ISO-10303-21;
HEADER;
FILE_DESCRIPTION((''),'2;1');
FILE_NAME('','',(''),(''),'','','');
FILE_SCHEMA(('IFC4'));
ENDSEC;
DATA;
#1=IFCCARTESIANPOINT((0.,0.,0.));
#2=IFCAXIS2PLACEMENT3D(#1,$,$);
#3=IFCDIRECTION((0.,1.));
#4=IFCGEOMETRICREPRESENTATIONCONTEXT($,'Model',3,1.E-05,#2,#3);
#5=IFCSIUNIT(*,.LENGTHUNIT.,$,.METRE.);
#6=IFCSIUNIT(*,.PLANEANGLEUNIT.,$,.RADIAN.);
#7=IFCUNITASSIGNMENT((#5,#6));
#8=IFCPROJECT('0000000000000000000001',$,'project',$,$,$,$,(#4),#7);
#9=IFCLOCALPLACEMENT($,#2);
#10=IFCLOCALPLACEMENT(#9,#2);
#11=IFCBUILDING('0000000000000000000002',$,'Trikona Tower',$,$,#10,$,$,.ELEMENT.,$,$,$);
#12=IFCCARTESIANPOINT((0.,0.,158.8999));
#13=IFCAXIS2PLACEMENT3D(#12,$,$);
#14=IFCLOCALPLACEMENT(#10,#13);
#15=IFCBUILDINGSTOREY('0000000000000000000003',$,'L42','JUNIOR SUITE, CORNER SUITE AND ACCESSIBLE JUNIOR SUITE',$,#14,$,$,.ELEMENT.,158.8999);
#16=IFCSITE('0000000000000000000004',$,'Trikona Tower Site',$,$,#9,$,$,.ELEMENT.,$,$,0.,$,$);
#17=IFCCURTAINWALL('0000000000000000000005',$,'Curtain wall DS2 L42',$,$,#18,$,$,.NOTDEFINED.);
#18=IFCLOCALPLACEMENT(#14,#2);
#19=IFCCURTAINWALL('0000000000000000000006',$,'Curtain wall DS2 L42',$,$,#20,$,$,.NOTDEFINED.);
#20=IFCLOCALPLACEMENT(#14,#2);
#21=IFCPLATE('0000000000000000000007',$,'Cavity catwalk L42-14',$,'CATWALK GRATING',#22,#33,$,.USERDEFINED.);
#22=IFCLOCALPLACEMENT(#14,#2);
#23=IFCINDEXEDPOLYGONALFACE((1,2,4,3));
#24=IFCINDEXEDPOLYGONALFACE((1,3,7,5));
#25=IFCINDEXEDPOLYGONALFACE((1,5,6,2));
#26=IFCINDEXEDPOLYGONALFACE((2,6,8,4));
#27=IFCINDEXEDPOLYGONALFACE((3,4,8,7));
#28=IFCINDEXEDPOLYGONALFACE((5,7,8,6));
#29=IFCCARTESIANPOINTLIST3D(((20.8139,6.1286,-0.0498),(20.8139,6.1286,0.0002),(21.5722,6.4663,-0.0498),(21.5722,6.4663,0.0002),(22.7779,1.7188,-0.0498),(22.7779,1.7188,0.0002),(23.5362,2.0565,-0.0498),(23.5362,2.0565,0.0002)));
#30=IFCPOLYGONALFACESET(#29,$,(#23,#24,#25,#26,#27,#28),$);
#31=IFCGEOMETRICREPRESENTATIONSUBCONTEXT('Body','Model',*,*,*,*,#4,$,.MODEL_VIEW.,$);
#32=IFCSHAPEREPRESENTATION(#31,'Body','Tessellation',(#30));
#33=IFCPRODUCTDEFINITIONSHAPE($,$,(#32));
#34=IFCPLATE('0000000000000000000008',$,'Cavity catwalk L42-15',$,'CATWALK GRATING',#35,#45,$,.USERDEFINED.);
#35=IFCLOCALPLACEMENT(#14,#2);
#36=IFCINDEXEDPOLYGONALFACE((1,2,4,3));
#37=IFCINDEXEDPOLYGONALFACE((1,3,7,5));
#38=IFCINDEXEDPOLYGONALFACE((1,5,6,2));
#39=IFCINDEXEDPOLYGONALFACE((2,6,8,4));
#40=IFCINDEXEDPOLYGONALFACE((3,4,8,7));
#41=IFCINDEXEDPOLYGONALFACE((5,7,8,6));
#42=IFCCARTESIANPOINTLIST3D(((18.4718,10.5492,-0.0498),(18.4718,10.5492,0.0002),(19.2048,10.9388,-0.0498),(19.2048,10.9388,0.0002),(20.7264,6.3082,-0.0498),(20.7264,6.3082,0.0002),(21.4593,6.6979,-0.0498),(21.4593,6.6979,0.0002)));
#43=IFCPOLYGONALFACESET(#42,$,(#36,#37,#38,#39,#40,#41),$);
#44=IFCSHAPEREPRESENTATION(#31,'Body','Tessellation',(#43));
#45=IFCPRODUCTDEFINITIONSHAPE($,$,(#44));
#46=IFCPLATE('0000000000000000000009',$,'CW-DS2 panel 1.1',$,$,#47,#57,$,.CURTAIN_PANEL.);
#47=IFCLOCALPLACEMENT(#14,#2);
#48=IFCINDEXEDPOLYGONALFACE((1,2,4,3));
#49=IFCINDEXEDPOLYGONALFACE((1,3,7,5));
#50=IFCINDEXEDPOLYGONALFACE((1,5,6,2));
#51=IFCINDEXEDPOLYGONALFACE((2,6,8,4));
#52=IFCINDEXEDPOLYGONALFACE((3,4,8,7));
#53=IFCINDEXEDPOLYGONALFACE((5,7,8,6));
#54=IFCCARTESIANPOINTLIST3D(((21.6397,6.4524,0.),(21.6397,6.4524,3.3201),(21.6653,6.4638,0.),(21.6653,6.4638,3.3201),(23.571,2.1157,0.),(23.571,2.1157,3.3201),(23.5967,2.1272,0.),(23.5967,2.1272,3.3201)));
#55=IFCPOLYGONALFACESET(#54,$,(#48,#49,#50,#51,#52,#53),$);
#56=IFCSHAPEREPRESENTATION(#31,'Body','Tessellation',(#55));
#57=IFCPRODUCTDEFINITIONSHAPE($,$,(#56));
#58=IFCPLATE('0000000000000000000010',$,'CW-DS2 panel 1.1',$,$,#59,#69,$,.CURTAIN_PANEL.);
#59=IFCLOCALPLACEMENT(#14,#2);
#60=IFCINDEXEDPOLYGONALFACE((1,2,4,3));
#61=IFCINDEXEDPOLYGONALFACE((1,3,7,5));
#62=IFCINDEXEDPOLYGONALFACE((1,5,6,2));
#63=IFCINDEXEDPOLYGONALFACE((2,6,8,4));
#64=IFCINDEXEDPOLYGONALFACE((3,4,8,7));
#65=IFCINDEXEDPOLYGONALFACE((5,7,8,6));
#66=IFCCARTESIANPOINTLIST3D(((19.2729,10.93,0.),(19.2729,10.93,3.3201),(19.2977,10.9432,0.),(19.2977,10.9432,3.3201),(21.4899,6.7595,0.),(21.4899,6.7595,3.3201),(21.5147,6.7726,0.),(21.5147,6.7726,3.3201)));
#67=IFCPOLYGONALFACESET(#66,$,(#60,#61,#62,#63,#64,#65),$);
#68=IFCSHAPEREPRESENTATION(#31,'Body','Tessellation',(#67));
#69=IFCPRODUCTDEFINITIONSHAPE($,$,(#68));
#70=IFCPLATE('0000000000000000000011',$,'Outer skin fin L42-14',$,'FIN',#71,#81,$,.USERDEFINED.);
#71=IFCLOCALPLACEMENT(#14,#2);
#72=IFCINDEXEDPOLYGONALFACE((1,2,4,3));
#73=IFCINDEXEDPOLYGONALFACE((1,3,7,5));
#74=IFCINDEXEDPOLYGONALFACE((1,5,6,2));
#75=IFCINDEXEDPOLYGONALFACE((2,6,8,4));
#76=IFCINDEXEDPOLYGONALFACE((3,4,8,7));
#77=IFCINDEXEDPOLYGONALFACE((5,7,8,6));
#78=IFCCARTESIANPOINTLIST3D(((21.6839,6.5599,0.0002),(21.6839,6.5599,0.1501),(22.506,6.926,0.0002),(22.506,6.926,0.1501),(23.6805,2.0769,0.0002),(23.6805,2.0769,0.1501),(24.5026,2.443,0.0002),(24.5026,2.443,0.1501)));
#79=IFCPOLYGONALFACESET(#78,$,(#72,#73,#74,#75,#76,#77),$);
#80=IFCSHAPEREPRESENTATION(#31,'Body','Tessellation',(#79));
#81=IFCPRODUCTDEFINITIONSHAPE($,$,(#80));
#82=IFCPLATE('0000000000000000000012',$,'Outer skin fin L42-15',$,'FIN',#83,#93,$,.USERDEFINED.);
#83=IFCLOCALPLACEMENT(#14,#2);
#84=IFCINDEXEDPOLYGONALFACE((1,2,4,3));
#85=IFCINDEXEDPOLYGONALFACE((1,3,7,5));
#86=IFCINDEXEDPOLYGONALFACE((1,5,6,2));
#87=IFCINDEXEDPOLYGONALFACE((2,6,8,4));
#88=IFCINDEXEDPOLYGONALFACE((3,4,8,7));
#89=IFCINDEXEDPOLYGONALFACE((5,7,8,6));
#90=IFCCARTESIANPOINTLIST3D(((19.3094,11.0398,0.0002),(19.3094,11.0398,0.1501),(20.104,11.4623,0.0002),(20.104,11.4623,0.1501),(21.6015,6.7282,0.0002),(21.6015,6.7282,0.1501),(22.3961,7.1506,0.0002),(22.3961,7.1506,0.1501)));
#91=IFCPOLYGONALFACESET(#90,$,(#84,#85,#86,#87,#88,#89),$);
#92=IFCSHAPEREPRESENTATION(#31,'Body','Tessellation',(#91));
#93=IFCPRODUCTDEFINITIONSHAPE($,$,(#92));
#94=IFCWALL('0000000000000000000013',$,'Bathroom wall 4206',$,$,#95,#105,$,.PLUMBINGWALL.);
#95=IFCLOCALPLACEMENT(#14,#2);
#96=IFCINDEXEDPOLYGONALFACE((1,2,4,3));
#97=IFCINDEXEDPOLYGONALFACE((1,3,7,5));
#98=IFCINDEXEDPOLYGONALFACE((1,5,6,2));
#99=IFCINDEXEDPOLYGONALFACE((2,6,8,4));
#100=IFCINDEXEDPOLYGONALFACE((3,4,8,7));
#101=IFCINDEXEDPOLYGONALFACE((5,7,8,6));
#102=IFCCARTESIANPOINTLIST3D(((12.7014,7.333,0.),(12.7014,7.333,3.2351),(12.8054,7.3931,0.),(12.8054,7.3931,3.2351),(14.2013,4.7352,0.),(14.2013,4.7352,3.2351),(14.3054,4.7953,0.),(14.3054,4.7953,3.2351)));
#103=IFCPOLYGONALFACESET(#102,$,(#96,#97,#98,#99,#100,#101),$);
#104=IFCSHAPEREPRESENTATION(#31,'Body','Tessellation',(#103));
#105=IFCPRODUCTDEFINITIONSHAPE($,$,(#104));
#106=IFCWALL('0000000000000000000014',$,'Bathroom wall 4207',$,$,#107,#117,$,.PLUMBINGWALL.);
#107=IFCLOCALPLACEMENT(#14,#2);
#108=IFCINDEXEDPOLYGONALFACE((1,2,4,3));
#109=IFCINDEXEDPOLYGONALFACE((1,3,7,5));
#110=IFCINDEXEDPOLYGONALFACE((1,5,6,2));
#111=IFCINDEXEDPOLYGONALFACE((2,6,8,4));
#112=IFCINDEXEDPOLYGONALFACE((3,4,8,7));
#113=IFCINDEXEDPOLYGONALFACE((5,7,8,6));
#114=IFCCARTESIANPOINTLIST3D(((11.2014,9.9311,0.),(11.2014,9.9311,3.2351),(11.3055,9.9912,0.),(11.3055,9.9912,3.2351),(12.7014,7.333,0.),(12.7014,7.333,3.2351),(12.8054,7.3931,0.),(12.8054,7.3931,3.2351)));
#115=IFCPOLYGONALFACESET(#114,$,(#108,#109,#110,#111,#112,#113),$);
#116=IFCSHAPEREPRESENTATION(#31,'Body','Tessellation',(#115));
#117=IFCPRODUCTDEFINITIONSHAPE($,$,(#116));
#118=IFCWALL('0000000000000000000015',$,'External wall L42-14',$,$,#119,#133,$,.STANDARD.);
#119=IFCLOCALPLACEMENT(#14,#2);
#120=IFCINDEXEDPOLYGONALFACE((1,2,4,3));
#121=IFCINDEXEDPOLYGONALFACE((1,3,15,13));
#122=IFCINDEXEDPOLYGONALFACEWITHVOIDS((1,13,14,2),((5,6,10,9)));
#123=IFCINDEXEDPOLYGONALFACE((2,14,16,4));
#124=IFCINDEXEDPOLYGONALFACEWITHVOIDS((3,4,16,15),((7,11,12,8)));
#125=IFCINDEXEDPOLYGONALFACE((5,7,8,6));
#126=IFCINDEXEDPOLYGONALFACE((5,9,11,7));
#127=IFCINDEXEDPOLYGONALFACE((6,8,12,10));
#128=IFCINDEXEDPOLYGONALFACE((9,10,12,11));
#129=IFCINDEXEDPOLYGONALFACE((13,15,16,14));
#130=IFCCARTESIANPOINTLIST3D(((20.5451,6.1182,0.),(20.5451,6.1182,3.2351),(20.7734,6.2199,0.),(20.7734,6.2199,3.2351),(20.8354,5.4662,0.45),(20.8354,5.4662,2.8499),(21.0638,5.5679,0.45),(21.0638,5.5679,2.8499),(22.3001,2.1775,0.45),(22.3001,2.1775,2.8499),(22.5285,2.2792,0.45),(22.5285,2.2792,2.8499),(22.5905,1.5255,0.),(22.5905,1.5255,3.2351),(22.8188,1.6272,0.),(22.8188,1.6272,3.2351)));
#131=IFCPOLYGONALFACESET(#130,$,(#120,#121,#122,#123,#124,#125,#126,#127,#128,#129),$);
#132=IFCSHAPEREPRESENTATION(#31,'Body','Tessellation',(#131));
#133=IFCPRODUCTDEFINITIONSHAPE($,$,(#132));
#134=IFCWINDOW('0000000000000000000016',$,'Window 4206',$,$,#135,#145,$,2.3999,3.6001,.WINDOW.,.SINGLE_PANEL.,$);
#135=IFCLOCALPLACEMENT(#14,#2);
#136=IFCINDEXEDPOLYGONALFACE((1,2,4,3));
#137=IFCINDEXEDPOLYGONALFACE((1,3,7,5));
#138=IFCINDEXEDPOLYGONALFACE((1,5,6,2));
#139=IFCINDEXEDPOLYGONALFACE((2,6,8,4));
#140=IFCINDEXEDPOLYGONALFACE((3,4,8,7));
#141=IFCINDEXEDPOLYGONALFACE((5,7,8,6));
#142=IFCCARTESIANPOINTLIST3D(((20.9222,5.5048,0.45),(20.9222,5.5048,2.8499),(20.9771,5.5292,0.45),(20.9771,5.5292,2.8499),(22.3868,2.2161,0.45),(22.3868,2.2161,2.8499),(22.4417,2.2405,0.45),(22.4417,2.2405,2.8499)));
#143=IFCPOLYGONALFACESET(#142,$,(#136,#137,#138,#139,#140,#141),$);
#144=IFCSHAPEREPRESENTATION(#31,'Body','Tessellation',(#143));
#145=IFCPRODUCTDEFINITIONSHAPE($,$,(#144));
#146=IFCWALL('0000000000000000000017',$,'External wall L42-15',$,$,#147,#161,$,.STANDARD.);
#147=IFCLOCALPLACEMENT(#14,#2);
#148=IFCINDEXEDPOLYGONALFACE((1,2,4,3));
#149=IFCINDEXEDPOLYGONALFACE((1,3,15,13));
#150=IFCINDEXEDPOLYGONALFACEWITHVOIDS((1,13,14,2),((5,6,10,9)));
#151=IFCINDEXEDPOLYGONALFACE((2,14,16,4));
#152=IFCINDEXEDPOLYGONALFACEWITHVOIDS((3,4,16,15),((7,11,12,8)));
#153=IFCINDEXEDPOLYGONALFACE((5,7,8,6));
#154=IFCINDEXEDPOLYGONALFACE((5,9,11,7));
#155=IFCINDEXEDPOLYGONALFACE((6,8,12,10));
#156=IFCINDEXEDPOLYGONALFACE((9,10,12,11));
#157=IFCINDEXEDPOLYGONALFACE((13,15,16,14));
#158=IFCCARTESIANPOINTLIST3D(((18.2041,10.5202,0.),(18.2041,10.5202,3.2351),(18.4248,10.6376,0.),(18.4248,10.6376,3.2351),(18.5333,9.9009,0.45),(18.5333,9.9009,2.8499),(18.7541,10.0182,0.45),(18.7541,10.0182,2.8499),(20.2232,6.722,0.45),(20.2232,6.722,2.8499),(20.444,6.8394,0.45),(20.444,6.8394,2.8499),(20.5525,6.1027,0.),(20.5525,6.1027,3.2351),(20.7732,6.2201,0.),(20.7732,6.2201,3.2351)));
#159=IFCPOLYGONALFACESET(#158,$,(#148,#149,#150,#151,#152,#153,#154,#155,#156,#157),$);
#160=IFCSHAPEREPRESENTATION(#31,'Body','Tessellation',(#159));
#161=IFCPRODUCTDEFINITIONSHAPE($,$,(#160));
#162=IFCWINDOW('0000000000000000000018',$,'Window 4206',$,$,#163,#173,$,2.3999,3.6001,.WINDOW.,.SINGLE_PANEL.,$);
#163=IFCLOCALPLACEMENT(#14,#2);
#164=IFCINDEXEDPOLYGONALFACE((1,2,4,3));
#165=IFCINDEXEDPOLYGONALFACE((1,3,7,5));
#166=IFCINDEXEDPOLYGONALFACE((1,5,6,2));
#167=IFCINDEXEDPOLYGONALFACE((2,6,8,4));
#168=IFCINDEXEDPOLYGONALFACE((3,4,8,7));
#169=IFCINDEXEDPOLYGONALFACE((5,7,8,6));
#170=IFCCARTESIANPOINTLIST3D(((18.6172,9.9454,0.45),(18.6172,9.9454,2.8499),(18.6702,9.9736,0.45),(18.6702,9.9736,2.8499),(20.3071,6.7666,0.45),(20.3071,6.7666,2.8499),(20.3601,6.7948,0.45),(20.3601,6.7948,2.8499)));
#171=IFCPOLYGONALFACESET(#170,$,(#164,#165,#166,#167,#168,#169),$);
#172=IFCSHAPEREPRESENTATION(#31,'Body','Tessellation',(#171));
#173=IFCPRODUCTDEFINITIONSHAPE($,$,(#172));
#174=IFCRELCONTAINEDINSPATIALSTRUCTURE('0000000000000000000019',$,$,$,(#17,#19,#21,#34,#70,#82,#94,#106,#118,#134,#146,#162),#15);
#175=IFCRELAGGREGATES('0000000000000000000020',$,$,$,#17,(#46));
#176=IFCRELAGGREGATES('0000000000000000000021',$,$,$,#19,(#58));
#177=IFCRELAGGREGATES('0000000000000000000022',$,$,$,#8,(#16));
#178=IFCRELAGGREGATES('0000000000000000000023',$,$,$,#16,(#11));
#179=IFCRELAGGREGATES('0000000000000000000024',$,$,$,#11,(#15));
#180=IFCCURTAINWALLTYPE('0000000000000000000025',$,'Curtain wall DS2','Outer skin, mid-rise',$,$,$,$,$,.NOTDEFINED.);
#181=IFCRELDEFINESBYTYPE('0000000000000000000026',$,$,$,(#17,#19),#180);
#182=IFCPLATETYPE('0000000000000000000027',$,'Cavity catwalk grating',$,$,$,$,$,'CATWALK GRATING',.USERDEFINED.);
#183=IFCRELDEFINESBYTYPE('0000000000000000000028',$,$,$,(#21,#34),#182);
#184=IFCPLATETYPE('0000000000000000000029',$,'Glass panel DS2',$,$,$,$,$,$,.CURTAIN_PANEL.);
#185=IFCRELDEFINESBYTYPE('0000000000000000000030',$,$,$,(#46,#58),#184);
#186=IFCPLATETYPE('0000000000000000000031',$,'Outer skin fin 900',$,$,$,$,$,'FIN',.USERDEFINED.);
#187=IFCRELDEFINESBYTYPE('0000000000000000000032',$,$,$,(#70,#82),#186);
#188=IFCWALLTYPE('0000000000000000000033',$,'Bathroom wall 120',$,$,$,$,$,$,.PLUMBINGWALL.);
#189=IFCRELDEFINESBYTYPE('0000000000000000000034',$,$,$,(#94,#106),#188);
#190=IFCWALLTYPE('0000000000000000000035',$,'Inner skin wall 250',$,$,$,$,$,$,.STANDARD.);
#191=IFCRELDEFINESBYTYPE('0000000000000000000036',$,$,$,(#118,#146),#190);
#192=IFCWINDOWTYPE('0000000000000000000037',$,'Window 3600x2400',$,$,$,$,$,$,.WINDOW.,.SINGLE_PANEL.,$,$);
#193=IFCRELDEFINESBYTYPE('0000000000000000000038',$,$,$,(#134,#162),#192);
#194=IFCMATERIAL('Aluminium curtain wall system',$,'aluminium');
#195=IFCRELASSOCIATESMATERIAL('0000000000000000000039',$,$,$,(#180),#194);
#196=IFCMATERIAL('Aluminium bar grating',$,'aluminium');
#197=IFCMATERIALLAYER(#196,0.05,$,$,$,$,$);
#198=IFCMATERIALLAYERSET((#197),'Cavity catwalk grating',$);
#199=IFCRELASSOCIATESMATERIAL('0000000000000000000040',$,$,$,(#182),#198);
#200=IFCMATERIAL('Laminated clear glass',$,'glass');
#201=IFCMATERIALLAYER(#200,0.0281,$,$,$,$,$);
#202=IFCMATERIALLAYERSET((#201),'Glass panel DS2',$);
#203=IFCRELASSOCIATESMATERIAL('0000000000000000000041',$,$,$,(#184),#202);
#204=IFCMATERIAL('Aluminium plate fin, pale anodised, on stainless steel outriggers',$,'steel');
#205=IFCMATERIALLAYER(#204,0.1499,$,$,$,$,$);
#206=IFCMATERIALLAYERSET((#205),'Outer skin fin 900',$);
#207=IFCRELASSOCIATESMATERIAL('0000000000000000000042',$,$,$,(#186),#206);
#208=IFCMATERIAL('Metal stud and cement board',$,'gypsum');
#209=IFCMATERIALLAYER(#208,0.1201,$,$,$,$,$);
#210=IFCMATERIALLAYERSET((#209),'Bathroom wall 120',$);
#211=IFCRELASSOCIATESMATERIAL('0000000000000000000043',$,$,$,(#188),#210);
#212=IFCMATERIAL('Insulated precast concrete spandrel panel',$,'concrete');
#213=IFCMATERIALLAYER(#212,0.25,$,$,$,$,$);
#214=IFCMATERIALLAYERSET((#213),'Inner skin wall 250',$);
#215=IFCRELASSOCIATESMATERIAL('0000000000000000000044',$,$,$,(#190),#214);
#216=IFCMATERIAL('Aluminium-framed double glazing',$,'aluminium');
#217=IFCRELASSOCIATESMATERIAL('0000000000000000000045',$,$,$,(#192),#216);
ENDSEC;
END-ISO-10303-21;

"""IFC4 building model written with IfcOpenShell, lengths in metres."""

from ifc_helpers import new_model, si_unit, direction, frame, frame_2d, origin, origin_2d, place, context, subcontext, project, spatial, rectangle, extrude, material, layer, layer_set, type_object, element, fill, aggregate, save


model = new_model("IFC4")

# Units and contexts
model_context = context("Model", 3, precision=1e-05, world=origin(), true_north=direction((0.0, 1.0)))
body_context = subcontext(model_context, "Body", "Model", "MODEL_VIEW")
ifc_project = project(units=[si_unit("LENGTHUNIT", "METRE"), si_unit("PLANEANGLEUNIT", "RADIAN")], contexts=[model_context])

# Site, building, storey
site_placement = place(None, origin())
site = spatial("IfcSite", under=ifc_project, at=site_placement, Name="Trikona Tower Site", CompositionType="ELEMENT", RefElevation=0.0)
building_placement = place(site_placement, origin())
building = spatial("IfcBuilding", under=site, at=building_placement, Name="Trikona Tower", CompositionType="ELEMENT")
storey_placement = place(building_placement, frame((0.0, 0.0, 158.8999)))
storey = spatial("IfcBuildingStorey", under=building, at=storey_placement, Name="L42", Description="JUNIOR SUITE, CORNER SUITE AND ACCESSIBLE JUNIOR SUITE", CompositionType="ELEMENT", Elevation=158.8999)

# Shared definitions
ifc_material_1 = material(Name="Aluminium curtain wall system", Category="aluminium")
curtain_wall_type = type_object("IfcCurtainWallType", Name="Curtain wall DS2", Description="Outer skin, mid-rise", PredefinedType="NOTDEFINED", material=ifc_material_1)

# Curtain walls
curtain_wall_1_placement = place(storey_placement, origin())
curtain_wall_1 = element("IfcCurtainWall", 1, at=curtain_wall_1_placement, inside=storey, type_object=curtain_wall_type, Name="Curtain wall DS2 L42", PredefinedType="NOTDEFINED")
curtain_wall_2_placement = place(storey_placement, origin())
curtain_wall_2 = element("IfcCurtainWall", 2, at=curtain_wall_2_placement, inside=storey, type_object=curtain_wall_type, Name="Curtain wall DS2 L42", PredefinedType="NOTDEFINED")

# Plates
ifc_material_2 = material(Name="Aluminium bar grating", Category="aluminium")
ifc_layer_1 = layer(ifc_material_2, 0.05)
ifc_layer_set_1 = layer_set([ifc_layer_1], Name="Cavity catwalk grating")
plate_type_1 = type_object("IfcPlateType", Name="Cavity catwalk grating", ElementType="CATWALK GRATING", PredefinedType="USERDEFINED", material=ifc_layer_set_1)
plate_1_placement = place(storey_placement, frame((22.175, 4.0925, -0.0498), z_axis=(0.0, 0.0, 1.0), x_axis=(-0.406843, 0.913498, 0.0)))
element("IfcPlate", 3, at=plate_1_placement, inside=storey, type_object=plate_type_1, Name="Cavity catwalk L42-14", ObjectType="CATWALK GRATING", PredefinedType="USERDEFINED", context=body_context, shape_type="SweptSolid", body=[
    extrude(rectangle(XDim=4.8274, YDim=0.8301, at=origin_2d()), origin(), (0.0, 0.0, 1.0), 0.05),
])
plate_2_placement = place(storey_placement, frame((19.9656, 8.6235, -0.0498), z_axis=(0.0, 0.0, 1.0), x_axis=(-0.469398, 0.882987, 0.0)))
element("IfcPlate", 4, at=plate_2_placement, inside=storey, type_object=plate_type_1, Name="Cavity catwalk L42-15", ObjectType="CATWALK GRATING", PredefinedType="USERDEFINED", context=body_context, shape_type="SweptSolid", body=[
    extrude(rectangle(XDim=4.803, YDim=0.8301, at=origin_2d()), origin(), (0.0, 0.0, 1.0), 0.05),
])

# Plates
ifc_material_3 = material(Name="Laminated clear glass", Category="glass")
ifc_layer_2 = layer(ifc_material_3, 0.0281)
ifc_layer_set_2 = layer_set([ifc_layer_2], Name="Glass panel DS2")
plate_type_2 = type_object("IfcPlateType", Name="Glass panel DS2", PredefinedType="CURTAIN_PANEL", material=ifc_layer_set_2)
plate_3_placement = place(storey_placement, frame((22.6182, 4.2898, 0.0), z_axis=(0.0, 0.0, 1.0), x_axis=(-0.406836, 0.913501, 0.0)))
plate_3 = element("IfcPlate", 5, at=plate_3_placement, type_object=plate_type_2, Name="CW-DS2 panel 1.1", PredefinedType="CURTAIN_PANEL", context=body_context, shape_type="SweptSolid", body=[
    extrude(rectangle(XDim=4.7473, YDim=0.0281, at=origin_2d()), origin(), (0.0, 0.0, 1.0), 3.3201),
])
aggregate(curtain_wall_1, [plate_3])
plate_4_placement = place(storey_placement, frame((20.3938, 8.8513, 0.0), z_axis=(0.0, 0.0, 1.0), x_axis=(-0.46938, 0.882996, 0.0)))
plate_4 = element("IfcPlate", 6, at=plate_4_placement, type_object=plate_type_2, Name="CW-DS2 panel 1.1", PredefinedType="CURTAIN_PANEL", context=body_context, shape_type="SweptSolid", body=[
    extrude(rectangle(XDim=4.7231, YDim=0.0281, at=origin_2d()), origin(), (0.0, 0.0, 1.0), 3.3201),
])
aggregate(curtain_wall_2, [plate_4])

# Plates
ifc_material_4 = material(Name="Aluminium plate fin, pale anodised, on stainless steel outriggers", Category="steel")
ifc_layer_3 = layer(ifc_material_4, 0.1499)
ifc_layer_set_3 = layer_set([ifc_layer_3], Name="Outer skin fin 900")
plate_type_3 = type_object("IfcPlateType", Name="Outer skin fin 900", ElementType="FIN", PredefinedType="USERDEFINED", material=ifc_layer_set_3)
plate_5_placement = place(storey_placement, frame((23.0933, 4.5015, 0.0002), z_axis=(0.0, 0.0, 1.0), x_axis=(-0.406843, 0.913498, 0.0)))
element("IfcPlate", 7, at=plate_5_placement, inside=storey, type_object=plate_type_3, Name="Outer skin fin L42-14", ObjectType="FIN", PredefinedType="USERDEFINED", context=body_context, shape_type="SweptSolid", body=[
    extrude(rectangle(XDim=4.9075, YDim=0.8999, at=origin_2d()), origin(), (0.0, 0.0, 1.0), 0.1499),
])
plate_6_placement = place(storey_placement, frame((20.8528, 9.0952, 0.0002), z_axis=(0.0, 0.0, 1.0), x_axis=(-0.469398, 0.882987, 0.0)))
element("IfcPlate", 8, at=plate_6_placement, inside=storey, type_object=plate_type_3, Name="Outer skin fin L42-15", ObjectType="FIN", PredefinedType="USERDEFINED", context=body_context, shape_type="SweptSolid", body=[
    extrude(rectangle(XDim=4.8831, YDim=0.8999, at=origin_2d()), origin(), (0.0, 0.0, 1.0), 0.1499),
])

# Walls
ifc_material_5 = material(Name="Metal stud and cement board", Category="gypsum")
ifc_layer_4 = layer(ifc_material_5, 0.1201)
ifc_layer_set_4 = layer_set([ifc_layer_4], Name="Bathroom wall 120")
wall_type_1 = type_object("IfcWallType", Name="Bathroom wall 120", PredefinedType="PLUMBINGWALL", material=ifc_layer_set_4)
wall_1_placement = place(storey_placement, frame((14.2534, 4.7651, 0.0), z_axis=(0.0, 0.0, 1.0), x_axis=(-0.500025, 0.866011, 0.0)))
element("IfcWall", 9, at=wall_1_placement, inside=storey, type_object=wall_type_1, Name="Bathroom wall 4206", PredefinedType="PLUMBINGWALL", context=body_context, shape_type="SweptSolid", body=[
    extrude(rectangle(XDim=2.9998, YDim=0.1201, at=frame_2d((1.5, 0.0))), origin(), (0.0, 0.0, 1.0), 3.2351),
])
wall_2_placement = place(storey_placement, frame((12.7534, 7.363, 0.0), z_axis=(0.0, 0.0, 1.0), x_axis=(-0.49999, 0.866031, 0.0)))
element("IfcWall", 10, at=wall_2_placement, inside=storey, type_object=wall_type_1, Name="Bathroom wall 4207", PredefinedType="PLUMBINGWALL", context=body_context, shape_type="SweptSolid", body=[
    extrude(rectangle(XDim=3.0, YDim=0.1201, at=frame_2d((1.5, 0.0))), origin(), (0.0, 0.0, 1.0), 3.2351),
])

# Walls, openings, windows
ifc_material_6 = material(Name="Insulated precast concrete spandrel panel", Category="concrete")
ifc_layer_5 = layer(ifc_material_6, 0.25)
ifc_layer_set_5 = layer_set([ifc_layer_5], Name="Inner skin wall 250")
wall_type_2 = type_object("IfcWallType", Name="Inner skin wall 250", PredefinedType="STANDARD", material=ifc_layer_set_5)
wall_3_placement = place(storey_placement, frame((22.7046, 1.5764, 0.0), z_axis=(0.0, 0.0, 1.0), x_axis=(-0.406832, 0.913503, 0.0)))
wall_3 = element("IfcWall", 11, at=wall_3_placement, inside=storey, type_object=wall_type_2, Name="External wall L42-14", PredefinedType="STANDARD", context=body_context, shape_type="SweptSolid", body=[
    extrude(rectangle(XDim=5.0276, YDim=0.25, at=frame_2d((2.5137, 0.0))), origin(), (0.0, 0.0, 1.0), 3.2351),
])
opening_1_placement = place(wall_3_placement, frame((0.7136, 0.0, 0.45)))
opening_1 = element("IfcOpeningElement", 12, at=opening_1_placement, cuts=wall_3, PredefinedType="OPENING", context=body_context, shape_type="SweptSolid", body=[
    extrude(rectangle(XDim=3.6001, YDim=2.3999, at=frame_2d((1.8, 1.2))), frame((0.0, 0.135, 0.0), z_axis=(0.0, -1.0, 0.0), x_axis=(1.0, 0.0, 0.0)), (0.0, 0.0, 1.0), 0.27),
])
ifc_material_7 = material(Name="Aluminium-framed double glazing", Category="aluminium")
window_type = type_object("IfcWindowType", Name="Window 3600x2400", PartitioningType="SINGLE_PANEL", PredefinedType="WINDOW", material=ifc_material_7)
window_1_placement = place(opening_1_placement, origin())
window_1 = element("IfcWindow", 13, at=window_1_placement, inside=storey, type_object=window_type, Name="Window 4206", OverallHeight=2.3999, OverallWidth=3.6001, PartitioningType="SINGLE_PANEL", PredefinedType="WINDOW", context=body_context, shape_type="SweptSolid", body=[
    extrude(rectangle(XDim=3.6001, YDim=2.3999, at=frame_2d((1.8, 1.2))), frame((0.0, 0.03, 0.0), z_axis=(0.0, -1.0, 0.0), x_axis=(1.0, 0.0, 0.0)), (0.0, 0.0, 1.0), 0.0601),
])
fill(opening_1, window_1)
wall_4_placement = place(storey_placement, frame((20.6628, 6.1614, 0.0), z_axis=(0.0, 0.0, 1.0), x_axis=(-0.469405, 0.882983, 0.0)))
wall_4 = element("IfcWall", 14, at=wall_4_placement, inside=storey, type_object=wall_type_2, Name="External wall L42-15", PredefinedType="STANDARD", context=body_context, shape_type="SweptSolid", body=[
    extrude(rectangle(XDim=5.0029, YDim=0.25, at=frame_2d((2.5015, 0.0))), origin(), (0.0, 0.0, 1.0), 3.2351),
])
opening_2_placement = place(wall_4_placement, frame((0.7014, 0.0, 0.45)))
opening_2 = element("IfcOpeningElement", 15, at=opening_2_placement, cuts=wall_4, PredefinedType="OPENING", context=body_context, shape_type="SweptSolid", body=[
    extrude(rectangle(XDim=3.6001, YDim=2.3999, at=frame_2d((1.8, 1.2))), frame((0.0, 0.135, 0.0), z_axis=(0.0, -1.0, 0.0), x_axis=(1.0, 0.0, 0.0)), (0.0, 0.0, 1.0), 0.27),
])
window_2_placement = place(opening_2_placement, origin())
window_2 = element("IfcWindow", 16, at=window_2_placement, inside=storey, type_object=window_type, Name="Window 4206", OverallHeight=2.3999, OverallWidth=3.6001, PartitioningType="SINGLE_PANEL", PredefinedType="WINDOW", context=body_context, shape_type="SweptSolid", body=[
    extrude(rectangle(XDim=3.6001, YDim=2.3999, at=frame_2d((1.8, 1.2))), frame((0.0, 0.03, 0.0), z_axis=(0.0, -1.0, 0.0), x_axis=(1.0, 0.0, 0.0)), (0.0, 0.0, 1.0), 0.0601),
])
fill(opening_2, window_2)

save(model, "model.ifc")
